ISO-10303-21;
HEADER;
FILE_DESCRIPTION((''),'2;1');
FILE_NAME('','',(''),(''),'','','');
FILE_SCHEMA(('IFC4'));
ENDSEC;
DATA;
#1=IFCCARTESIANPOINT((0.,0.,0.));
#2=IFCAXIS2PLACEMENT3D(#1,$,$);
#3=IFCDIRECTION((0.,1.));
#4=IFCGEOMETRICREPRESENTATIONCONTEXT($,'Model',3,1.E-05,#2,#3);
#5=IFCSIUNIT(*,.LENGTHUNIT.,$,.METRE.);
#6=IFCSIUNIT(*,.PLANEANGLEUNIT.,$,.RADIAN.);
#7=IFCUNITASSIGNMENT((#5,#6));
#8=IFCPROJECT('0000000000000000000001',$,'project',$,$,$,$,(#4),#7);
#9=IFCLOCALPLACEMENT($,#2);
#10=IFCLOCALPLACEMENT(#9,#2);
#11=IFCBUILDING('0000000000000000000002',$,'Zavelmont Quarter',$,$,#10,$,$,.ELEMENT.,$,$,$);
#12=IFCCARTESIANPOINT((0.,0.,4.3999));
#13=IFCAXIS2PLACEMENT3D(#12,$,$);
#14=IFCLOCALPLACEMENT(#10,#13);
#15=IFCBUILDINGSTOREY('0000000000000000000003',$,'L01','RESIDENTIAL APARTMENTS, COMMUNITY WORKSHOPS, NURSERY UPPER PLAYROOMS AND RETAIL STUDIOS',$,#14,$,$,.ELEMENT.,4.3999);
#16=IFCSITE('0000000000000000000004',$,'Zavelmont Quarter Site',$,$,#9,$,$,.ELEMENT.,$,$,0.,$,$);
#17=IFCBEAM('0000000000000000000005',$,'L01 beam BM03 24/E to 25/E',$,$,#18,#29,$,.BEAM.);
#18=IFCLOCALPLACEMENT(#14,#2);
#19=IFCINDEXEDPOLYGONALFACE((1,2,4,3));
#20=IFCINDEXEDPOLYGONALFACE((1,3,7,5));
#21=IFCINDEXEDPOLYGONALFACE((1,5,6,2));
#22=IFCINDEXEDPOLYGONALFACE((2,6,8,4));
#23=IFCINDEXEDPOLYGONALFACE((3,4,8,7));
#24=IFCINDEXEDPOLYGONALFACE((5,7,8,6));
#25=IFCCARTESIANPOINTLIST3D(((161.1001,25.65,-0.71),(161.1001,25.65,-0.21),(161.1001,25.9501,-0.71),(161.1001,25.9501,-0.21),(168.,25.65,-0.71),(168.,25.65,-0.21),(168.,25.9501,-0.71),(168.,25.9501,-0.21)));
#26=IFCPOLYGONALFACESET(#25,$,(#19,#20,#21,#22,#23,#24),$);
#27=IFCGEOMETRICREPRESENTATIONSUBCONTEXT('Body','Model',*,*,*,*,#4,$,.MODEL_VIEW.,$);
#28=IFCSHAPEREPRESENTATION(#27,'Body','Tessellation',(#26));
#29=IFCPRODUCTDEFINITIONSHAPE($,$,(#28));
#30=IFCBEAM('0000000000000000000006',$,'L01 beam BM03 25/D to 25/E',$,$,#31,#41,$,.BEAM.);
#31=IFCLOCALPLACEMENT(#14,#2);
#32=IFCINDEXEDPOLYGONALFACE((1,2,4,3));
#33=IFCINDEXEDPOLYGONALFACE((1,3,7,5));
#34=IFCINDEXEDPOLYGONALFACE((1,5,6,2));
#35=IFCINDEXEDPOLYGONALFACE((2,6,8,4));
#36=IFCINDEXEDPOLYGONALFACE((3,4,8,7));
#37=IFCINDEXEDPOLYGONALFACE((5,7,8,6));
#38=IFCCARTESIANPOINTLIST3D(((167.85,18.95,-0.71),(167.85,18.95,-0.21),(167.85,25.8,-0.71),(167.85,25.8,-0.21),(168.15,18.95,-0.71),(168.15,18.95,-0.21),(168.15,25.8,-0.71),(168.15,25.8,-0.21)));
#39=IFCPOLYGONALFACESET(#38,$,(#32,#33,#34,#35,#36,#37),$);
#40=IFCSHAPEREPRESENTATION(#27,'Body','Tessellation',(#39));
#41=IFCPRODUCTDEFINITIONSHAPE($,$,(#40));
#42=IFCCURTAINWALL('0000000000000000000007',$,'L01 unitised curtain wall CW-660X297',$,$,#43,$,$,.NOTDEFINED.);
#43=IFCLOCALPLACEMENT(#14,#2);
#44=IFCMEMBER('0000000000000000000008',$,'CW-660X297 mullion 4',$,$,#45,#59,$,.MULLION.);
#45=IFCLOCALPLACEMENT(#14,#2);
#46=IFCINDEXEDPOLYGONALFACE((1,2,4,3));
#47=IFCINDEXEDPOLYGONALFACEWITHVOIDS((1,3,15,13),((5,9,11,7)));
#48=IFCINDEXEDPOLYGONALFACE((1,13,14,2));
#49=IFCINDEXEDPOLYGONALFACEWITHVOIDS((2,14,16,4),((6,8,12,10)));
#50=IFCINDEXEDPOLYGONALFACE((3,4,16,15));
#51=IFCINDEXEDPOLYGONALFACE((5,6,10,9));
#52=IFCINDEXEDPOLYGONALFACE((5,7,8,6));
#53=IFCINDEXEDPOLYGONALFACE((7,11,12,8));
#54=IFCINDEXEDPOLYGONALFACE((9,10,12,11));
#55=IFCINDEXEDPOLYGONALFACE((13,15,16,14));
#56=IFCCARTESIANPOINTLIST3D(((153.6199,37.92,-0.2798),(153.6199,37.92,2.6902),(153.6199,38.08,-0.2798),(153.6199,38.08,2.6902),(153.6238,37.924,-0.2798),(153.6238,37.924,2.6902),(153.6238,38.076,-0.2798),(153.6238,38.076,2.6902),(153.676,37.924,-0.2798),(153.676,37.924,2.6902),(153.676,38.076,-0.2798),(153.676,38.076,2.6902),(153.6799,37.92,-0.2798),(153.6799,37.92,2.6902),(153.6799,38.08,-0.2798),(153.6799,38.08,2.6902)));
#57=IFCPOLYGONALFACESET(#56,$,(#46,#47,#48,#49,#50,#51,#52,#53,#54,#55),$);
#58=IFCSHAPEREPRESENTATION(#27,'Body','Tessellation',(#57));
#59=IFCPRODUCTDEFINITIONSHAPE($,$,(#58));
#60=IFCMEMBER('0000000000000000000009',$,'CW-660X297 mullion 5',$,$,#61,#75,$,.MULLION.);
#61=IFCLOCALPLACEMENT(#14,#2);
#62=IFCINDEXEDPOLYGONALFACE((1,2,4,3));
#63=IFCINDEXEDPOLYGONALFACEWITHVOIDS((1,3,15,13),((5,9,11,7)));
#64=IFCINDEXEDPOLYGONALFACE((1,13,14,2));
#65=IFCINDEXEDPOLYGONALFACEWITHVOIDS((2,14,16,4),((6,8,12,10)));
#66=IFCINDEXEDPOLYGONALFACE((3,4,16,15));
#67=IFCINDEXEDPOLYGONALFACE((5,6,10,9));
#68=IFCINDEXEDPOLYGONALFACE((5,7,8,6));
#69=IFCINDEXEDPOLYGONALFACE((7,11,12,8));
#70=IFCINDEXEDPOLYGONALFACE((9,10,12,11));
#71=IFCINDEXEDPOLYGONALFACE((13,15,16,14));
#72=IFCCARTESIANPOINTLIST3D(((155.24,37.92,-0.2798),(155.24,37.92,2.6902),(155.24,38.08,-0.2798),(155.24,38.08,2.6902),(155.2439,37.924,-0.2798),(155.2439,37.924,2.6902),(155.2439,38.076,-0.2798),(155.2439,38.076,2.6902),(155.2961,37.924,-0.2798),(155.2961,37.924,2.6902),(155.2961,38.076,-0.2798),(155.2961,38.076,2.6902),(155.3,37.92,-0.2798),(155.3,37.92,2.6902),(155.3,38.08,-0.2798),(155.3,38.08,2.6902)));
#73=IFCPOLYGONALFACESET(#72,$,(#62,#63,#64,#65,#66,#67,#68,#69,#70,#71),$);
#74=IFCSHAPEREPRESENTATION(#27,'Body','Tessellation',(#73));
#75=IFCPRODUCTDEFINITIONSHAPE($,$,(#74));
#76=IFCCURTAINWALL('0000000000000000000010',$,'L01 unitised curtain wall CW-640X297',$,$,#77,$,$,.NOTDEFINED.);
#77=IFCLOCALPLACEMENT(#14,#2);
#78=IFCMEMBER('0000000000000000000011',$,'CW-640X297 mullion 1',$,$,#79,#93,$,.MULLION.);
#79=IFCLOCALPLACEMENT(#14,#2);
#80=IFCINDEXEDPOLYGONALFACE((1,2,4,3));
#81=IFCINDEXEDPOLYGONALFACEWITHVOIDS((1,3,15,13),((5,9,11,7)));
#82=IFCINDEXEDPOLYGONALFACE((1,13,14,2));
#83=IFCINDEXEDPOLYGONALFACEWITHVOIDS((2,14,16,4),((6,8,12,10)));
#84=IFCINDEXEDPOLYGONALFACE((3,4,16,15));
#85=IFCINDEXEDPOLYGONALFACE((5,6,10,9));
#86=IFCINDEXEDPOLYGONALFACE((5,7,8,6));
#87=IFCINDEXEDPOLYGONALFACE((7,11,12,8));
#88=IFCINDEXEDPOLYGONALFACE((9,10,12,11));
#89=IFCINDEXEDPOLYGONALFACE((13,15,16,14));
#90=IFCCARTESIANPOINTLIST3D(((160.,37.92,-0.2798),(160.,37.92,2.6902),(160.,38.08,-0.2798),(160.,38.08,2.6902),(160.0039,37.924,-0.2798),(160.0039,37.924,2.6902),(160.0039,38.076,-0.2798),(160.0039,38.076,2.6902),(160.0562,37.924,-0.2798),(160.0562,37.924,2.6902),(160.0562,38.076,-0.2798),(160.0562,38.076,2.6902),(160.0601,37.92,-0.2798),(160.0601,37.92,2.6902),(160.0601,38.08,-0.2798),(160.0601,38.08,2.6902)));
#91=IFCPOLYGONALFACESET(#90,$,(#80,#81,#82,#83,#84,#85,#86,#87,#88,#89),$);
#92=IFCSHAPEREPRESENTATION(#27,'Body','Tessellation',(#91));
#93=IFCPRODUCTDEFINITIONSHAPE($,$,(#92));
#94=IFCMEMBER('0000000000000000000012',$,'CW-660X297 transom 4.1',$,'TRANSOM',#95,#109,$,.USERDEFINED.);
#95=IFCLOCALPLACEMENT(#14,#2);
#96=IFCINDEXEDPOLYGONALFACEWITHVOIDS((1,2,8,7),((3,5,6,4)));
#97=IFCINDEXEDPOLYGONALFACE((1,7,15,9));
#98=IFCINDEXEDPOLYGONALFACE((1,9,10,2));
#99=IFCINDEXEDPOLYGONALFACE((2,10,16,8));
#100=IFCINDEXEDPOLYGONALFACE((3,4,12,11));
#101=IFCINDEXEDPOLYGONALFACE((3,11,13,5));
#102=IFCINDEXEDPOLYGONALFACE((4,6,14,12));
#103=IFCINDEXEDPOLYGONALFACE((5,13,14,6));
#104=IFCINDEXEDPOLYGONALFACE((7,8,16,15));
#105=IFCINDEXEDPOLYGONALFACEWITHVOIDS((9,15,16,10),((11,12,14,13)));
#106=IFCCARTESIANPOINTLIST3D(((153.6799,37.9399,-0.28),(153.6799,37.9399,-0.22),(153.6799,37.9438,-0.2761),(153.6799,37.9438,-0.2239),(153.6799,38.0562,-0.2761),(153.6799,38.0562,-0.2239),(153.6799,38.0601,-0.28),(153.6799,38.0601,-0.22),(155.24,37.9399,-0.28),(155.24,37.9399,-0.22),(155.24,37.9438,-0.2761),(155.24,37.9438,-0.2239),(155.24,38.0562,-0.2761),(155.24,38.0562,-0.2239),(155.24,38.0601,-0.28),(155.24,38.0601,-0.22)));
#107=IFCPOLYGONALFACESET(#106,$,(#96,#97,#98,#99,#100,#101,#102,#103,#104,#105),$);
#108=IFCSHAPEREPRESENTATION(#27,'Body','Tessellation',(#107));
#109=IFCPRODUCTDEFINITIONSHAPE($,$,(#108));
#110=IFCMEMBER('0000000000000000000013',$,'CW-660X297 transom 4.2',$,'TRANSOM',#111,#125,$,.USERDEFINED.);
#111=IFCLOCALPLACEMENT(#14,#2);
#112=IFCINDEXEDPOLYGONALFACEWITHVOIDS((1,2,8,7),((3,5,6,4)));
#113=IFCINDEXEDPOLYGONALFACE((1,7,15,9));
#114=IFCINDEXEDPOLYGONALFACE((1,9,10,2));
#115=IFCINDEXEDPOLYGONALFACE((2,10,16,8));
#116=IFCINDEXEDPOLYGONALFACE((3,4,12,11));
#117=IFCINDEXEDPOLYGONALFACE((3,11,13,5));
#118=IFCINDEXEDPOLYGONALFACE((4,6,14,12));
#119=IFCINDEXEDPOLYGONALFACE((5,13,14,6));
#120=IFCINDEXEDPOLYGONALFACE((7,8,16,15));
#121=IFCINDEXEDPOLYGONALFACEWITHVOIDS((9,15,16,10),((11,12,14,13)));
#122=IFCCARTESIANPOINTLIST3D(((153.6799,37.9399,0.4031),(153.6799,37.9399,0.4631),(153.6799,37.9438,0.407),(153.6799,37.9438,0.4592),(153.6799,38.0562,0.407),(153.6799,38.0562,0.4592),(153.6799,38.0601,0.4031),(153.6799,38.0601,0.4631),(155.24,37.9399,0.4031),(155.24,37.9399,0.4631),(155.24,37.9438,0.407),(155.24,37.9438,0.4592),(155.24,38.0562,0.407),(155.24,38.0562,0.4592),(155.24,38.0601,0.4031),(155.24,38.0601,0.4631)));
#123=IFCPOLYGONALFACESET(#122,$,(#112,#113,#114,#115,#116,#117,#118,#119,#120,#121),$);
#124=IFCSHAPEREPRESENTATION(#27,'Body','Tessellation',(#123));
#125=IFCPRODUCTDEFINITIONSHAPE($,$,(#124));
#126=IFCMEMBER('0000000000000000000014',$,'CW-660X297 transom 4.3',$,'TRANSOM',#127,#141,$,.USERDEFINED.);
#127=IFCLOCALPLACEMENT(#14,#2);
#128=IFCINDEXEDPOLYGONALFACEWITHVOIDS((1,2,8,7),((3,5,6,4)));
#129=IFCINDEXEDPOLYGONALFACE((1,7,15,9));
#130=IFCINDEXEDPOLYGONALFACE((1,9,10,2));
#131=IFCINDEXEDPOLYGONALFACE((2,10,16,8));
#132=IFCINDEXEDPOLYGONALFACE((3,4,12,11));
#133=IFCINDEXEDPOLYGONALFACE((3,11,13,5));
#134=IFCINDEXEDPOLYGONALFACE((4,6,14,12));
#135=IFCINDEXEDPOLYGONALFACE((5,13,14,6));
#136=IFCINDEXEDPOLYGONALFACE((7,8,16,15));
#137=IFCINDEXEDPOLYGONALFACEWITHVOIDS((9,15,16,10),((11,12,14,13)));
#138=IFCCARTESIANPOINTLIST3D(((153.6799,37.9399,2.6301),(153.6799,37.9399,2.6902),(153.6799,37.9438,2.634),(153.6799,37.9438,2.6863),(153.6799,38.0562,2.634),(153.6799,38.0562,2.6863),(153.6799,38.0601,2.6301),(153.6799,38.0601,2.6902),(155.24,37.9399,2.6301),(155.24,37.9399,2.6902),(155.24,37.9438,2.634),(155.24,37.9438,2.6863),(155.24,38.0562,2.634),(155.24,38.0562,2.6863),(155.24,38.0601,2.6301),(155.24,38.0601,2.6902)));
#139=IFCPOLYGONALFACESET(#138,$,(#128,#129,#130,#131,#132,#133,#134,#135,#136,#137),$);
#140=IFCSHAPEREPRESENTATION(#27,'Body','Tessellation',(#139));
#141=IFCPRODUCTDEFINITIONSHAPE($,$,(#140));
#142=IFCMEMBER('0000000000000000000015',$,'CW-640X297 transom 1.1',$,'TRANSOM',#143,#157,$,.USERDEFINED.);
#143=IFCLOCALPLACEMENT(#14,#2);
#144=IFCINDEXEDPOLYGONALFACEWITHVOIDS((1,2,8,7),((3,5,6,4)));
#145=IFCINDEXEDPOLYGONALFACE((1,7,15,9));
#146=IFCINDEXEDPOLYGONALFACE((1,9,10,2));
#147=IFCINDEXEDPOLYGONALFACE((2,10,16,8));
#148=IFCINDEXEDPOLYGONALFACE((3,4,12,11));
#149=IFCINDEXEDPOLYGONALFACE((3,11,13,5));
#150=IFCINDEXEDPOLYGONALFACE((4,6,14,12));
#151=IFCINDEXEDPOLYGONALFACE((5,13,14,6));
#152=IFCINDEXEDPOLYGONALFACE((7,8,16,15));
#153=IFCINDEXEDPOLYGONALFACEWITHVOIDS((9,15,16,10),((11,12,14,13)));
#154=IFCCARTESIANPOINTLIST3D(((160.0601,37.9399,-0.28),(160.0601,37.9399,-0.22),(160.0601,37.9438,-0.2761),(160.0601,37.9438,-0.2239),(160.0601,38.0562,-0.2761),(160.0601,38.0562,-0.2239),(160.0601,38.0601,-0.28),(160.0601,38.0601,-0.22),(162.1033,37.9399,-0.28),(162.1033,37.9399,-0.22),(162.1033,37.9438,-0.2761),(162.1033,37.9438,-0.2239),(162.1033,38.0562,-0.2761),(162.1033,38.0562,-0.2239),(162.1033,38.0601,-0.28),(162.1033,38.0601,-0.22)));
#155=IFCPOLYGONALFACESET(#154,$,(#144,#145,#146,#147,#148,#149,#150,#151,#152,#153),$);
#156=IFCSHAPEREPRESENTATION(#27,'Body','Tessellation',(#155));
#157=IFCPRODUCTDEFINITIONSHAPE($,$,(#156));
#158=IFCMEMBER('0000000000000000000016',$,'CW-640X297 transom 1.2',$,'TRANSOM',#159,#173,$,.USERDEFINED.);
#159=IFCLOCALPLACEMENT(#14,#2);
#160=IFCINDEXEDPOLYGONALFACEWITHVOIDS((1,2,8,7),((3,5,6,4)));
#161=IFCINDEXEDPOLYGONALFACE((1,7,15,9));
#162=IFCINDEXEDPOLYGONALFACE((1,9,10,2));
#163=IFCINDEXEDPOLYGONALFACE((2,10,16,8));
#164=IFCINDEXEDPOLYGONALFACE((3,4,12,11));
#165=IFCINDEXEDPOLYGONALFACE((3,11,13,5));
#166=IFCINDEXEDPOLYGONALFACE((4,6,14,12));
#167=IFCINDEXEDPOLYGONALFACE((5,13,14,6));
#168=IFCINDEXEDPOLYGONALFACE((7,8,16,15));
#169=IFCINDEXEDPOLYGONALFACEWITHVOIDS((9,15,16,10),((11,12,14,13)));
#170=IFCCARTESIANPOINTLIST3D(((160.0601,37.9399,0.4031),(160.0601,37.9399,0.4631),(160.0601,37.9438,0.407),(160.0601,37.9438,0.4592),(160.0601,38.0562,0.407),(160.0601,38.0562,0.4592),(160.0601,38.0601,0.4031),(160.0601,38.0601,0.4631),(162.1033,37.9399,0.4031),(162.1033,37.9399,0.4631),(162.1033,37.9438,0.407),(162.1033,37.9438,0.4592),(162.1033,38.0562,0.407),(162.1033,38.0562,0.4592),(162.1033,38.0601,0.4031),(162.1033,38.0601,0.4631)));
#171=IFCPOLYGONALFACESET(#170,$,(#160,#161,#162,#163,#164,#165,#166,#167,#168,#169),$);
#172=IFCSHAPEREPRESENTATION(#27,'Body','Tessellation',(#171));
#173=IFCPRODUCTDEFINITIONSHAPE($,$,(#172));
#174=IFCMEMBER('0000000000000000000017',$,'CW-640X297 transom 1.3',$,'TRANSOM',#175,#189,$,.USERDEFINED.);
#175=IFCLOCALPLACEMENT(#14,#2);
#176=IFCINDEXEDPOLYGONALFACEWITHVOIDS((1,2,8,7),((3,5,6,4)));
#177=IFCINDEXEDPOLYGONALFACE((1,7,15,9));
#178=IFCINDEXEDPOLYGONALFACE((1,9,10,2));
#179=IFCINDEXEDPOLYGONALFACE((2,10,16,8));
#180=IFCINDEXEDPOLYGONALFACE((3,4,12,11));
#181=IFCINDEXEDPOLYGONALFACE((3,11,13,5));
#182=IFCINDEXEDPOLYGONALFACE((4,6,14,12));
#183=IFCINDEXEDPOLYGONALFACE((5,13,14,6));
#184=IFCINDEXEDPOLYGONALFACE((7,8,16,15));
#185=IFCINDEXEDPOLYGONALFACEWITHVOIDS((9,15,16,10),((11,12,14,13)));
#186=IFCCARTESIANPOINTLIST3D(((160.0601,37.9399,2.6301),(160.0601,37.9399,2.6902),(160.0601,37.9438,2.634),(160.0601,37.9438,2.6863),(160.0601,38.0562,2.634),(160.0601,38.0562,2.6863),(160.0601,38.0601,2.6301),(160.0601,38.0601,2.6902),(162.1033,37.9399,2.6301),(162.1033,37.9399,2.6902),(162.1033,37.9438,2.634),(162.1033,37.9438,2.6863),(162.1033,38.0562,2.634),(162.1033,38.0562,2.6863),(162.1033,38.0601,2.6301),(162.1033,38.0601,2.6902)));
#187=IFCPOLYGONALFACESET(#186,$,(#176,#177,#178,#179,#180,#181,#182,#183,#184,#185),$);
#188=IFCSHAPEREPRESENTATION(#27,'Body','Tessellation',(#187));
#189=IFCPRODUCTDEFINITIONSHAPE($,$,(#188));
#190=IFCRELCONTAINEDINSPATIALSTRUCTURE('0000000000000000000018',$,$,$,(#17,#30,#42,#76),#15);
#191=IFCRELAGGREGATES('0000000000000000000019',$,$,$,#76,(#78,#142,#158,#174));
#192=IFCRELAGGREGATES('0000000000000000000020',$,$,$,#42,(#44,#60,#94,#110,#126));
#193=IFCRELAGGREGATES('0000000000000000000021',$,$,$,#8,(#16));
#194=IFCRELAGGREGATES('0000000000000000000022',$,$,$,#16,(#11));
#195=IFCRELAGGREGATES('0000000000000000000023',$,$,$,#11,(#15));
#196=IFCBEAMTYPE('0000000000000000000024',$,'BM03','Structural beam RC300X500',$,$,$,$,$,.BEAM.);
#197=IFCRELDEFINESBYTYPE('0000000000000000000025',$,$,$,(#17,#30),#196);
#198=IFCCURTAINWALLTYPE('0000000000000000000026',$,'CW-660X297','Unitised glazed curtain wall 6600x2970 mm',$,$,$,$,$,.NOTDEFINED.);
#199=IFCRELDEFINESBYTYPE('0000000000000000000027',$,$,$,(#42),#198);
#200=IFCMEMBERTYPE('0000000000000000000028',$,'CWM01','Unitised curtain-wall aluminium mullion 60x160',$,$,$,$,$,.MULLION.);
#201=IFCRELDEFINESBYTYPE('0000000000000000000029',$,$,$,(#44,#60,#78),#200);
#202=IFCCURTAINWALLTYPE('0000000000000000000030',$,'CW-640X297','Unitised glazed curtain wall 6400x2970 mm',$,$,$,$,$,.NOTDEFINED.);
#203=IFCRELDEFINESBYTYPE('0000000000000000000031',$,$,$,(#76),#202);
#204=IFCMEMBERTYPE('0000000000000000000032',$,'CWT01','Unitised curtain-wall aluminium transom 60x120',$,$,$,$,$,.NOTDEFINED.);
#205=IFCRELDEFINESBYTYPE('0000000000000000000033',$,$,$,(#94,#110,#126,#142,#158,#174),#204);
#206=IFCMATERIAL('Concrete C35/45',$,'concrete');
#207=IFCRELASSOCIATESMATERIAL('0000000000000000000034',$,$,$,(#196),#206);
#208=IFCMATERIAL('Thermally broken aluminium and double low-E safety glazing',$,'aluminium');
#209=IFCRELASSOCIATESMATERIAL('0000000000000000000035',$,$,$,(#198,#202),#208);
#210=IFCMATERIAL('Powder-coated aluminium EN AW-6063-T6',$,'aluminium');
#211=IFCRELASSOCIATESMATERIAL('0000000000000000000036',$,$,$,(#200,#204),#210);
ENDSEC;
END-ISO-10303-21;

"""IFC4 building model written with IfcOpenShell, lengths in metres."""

from ifc_helpers import new_model, si_unit, direction, frame, origin, origin_2d, place, context, subcontext, project, spatial, rectangle, hollow_rectangle, extrude, material, material_profile, profile_set, type_object, element, aggregate, save


model = new_model("IFC4")

# Units and contexts
model_context = context("Model", 3, precision=1e-05, world=origin(), true_north=direction((0.0, 1.0)))
body_context = subcontext(model_context, "Body", "Model", "MODEL_VIEW")
ifc_project = project(units=[si_unit("LENGTHUNIT", "METRE"), si_unit("PLANEANGLEUNIT", "RADIAN")], contexts=[model_context])

# Site, building, storey
site_placement = place(None, origin())
site = spatial("IfcSite", under=ifc_project, at=site_placement, Name="Zavelmont Quarter Site", CompositionType="ELEMENT", RefElevation=0.0)
building_placement = place(site_placement, origin())
building = spatial("IfcBuilding", under=site, at=building_placement, Name="Zavelmont Quarter", CompositionType="ELEMENT")
storey_placement = place(building_placement, frame((0.0, 0.0, 4.3999)))
storey = spatial("IfcBuildingStorey", under=building, at=storey_placement, Name="L01", Description="RESIDENTIAL APARTMENTS, COMMUNITY WORKSHOPS, NURSERY UPPER PLAYROOMS AND RETAIL STUDIOS", CompositionType="ELEMENT", Elevation=4.3999)

# Beams
ifc_material_1 = material(Name="Concrete C35/45", Category="concrete")
ifc_material_profile_1 = material_profile(ifc_material_1, rectangle(XDim=0.3, YDim=0.5, at=origin_2d()), Name="RC300X500")
ifc_profile_set_1 = profile_set([ifc_material_profile_1], Name="Concrete C35/45")
beam_type = type_object("IfcBeamType", Name="BM03", Description="Structural beam RC300X500", PredefinedType="BEAM", material=ifc_profile_set_1)
beam_1_placement = place(storey_placement, frame((161.1001, 25.8, -0.46), z_axis=(1.0, 0.0, 0.0), x_axis=(0.0, 1.0, 0.0)))
element("IfcBeam", 1, at=beam_1_placement, inside=storey, type_object=beam_type, Name="L01 beam BM03 24/E to 25/E", PredefinedType="BEAM", context=body_context, shape_type="SweptSolid", body=[
    extrude(rectangle(XDim=0.3, YDim=0.5, at=origin_2d()), origin(), (0.0, 0.0, 1.0), 6.8999),
])
beam_2_placement = place(storey_placement, frame((168.0, 18.95, -0.46), z_axis=(0.0, 1.0, 0.0), x_axis=(-1.0, 0.0, 0.0)))
element("IfcBeam", 2, at=beam_2_placement, inside=storey, type_object=beam_type, Name="L01 beam BM03 25/D to 25/E", PredefinedType="BEAM", context=body_context, shape_type="SweptSolid", body=[
    extrude(rectangle(XDim=0.3, YDim=0.5, at=origin_2d()), origin(), (0.0, 0.0, 1.0), 6.8501),
])

# Curtain wall, members
ifc_material_2 = material(Name="Thermally broken aluminium and double low-E safety glazing", Category="aluminium")
curtain_wall_type_1 = type_object("IfcCurtainWallType", Name="CW-660X297", Description="Unitised glazed curtain wall 6600x2970 mm", PredefinedType="NOTDEFINED", material=ifc_material_2)
curtain_wall_1_placement = place(storey_placement, origin())
curtain_wall_1 = element("IfcCurtainWall", 3, at=curtain_wall_1_placement, inside=storey, type_object=curtain_wall_type_1, Name="L01 unitised curtain wall CW-660X297", PredefinedType="NOTDEFINED")
ifc_material_3 = material(Name="Powder-coated aluminium EN AW-6063-T6", Category="aluminium")
ifc_material_profile_2 = material_profile(ifc_material_3, hollow_rectangle(XDim=0.0601, YDim=0.1599, WallThickness=0.0039, at=origin_2d()), Name="CWM60X160")
ifc_profile_set_2 = profile_set([ifc_material_profile_2], Name="Powder-coated aluminium EN AW-6063-T6")
member_type_1 = type_object("IfcMemberType", Name="CWM01", Description="Unitised curtain-wall aluminium mullion 60x160", PredefinedType="MULLION", material=ifc_profile_set_2)
member_1_placement = place(storey_placement, frame((153.6499, 38.0, -0.2798), z_axis=(0.0, 0.0, 1.0), x_axis=(1.0, 0.0, 0.0)))
member_1 = element("IfcMember", 4, at=member_1_placement, type_object=member_type_1, Name="CW-660X297 mullion 4", PredefinedType="MULLION", context=body_context, shape_type="SweptSolid", body=[
    extrude(hollow_rectangle(XDim=0.0601, YDim=0.1599, WallThickness=0.0039, at=origin_2d()), origin(), (0.0, 0.0, 1.0), 2.97),
])
member_2_placement = place(storey_placement, frame((155.27, 38.0, -0.2798), z_axis=(0.0, 0.0, 1.0), x_axis=(1.0, 0.0, 0.0)))
member_2 = element("IfcMember", 5, at=member_2_placement, type_object=member_type_1, Name="CW-660X297 mullion 5", PredefinedType="MULLION", context=body_context, shape_type="SweptSolid", body=[
    extrude(hollow_rectangle(XDim=0.0601, YDim=0.1599, WallThickness=0.0039, at=origin_2d()), origin(), (0.0, 0.0, 1.0), 2.97),
])

# Curtain wall, member
curtain_wall_type_2 = type_object("IfcCurtainWallType", Name="CW-640X297", Description="Unitised glazed curtain wall 6400x2970 mm", PredefinedType="NOTDEFINED", material=ifc_material_2)
curtain_wall_2_placement = place(storey_placement, origin())
curtain_wall_2 = element("IfcCurtainWall", 6, at=curtain_wall_2_placement, inside=storey, type_object=curtain_wall_type_2, Name="L01 unitised curtain wall CW-640X297", PredefinedType="NOTDEFINED")
member_3_placement = place(storey_placement, frame((160.03, 38.0, -0.2798), z_axis=(0.0, 0.0, 1.0), x_axis=(1.0, 0.0, 0.0)))
member_3 = element("IfcMember", 7, at=member_3_placement, type_object=member_type_1, Name="CW-640X297 mullion 1", PredefinedType="MULLION", context=body_context, shape_type="SweptSolid", body=[
    extrude(hollow_rectangle(XDim=0.0601, YDim=0.1599, WallThickness=0.0039, at=origin_2d()), origin(), (0.0, 0.0, 1.0), 2.97),
])

# Members
ifc_material_profile_3 = material_profile(ifc_material_3, hollow_rectangle(XDim=0.1201, YDim=0.0601, WallThickness=0.0039, at=origin_2d()), Name="CWT60X120")
ifc_profile_set_3 = profile_set([ifc_material_profile_3], Name="Powder-coated aluminium EN AW-6063-T6")
member_type_2 = type_object("IfcMemberType", Name="CWT01", Description="Unitised curtain-wall aluminium transom 60x120", PredefinedType="NOTDEFINED", material=ifc_profile_set_3)
member_4_placement = place(storey_placement, frame((153.6799, 38.0, -0.25), z_axis=(1.0, 0.0, 0.0), x_axis=(0.0, 1.0, 0.0)))
member_4 = element("IfcMember", 8, at=member_4_placement, type_object=member_type_2, Name="CW-660X297 transom 4.1", ObjectType="TRANSOM", PredefinedType="USERDEFINED", context=body_context, shape_type="SweptSolid", body=[
    extrude(hollow_rectangle(XDim=0.1201, YDim=0.0601, WallThickness=0.0039, at=origin_2d()), origin(), (0.0, 0.0, 1.0), 1.5601),
])
member_5_placement = place(storey_placement, frame((153.6799, 38.0, 0.4331), z_axis=(1.0, 0.0, 0.0), x_axis=(0.0, 1.0, 0.0)))
member_5 = element("IfcMember", 9, at=member_5_placement, type_object=member_type_2, Name="CW-660X297 transom 4.2", ObjectType="TRANSOM", PredefinedType="USERDEFINED", context=body_context, shape_type="SweptSolid", body=[
    extrude(hollow_rectangle(XDim=0.1201, YDim=0.0601, WallThickness=0.0039, at=origin_2d()), origin(), (0.0, 0.0, 1.0), 1.5601),
])
member_6_placement = place(storey_placement, frame((153.6799, 38.0, 2.6602), z_axis=(1.0, 0.0, 0.0), x_axis=(0.0, 1.0, 0.0)))
member_6 = element("IfcMember", 10, at=member_6_placement, type_object=member_type_2, Name="CW-660X297 transom 4.3", ObjectType="TRANSOM", PredefinedType="USERDEFINED", context=body_context, shape_type="SweptSolid", body=[
    extrude(hollow_rectangle(XDim=0.1201, YDim=0.0601, WallThickness=0.0039, at=origin_2d()), origin(), (0.0, 0.0, 1.0), 1.5601),
])
member_7_placement = place(storey_placement, frame((160.0601, 38.0, -0.25), z_axis=(1.0, 0.0, 0.0), x_axis=(0.0, 1.0, 0.0)))
member_7 = element("IfcMember", 11, at=member_7_placement, type_object=member_type_2, Name="CW-640X297 transom 1.1", ObjectType="TRANSOM", PredefinedType="USERDEFINED", context=body_context, shape_type="SweptSolid", body=[
    extrude(hollow_rectangle(XDim=0.1201, YDim=0.0601, WallThickness=0.0039, at=origin_2d()), origin(), (0.0, 0.0, 1.0), 2.0432),
])
member_8_placement = place(storey_placement, frame((160.0601, 38.0, 0.4331), z_axis=(1.0, 0.0, 0.0), x_axis=(0.0, 1.0, 0.0)))
member_8 = element("IfcMember", 12, at=member_8_placement, type_object=member_type_2, Name="CW-640X297 transom 1.2", ObjectType="TRANSOM", PredefinedType="USERDEFINED", context=body_context, shape_type="SweptSolid", body=[
    extrude(hollow_rectangle(XDim=0.1201, YDim=0.0601, WallThickness=0.0039, at=origin_2d()), origin(), (0.0, 0.0, 1.0), 2.0432),
])
member_9_placement = place(storey_placement, frame((160.0601, 38.0, 2.6602), z_axis=(1.0, 0.0, 0.0), x_axis=(0.0, 1.0, 0.0)))
member_9 = element("IfcMember", 13, at=member_9_placement, type_object=member_type_2, Name="CW-640X297 transom 1.3", ObjectType="TRANSOM", PredefinedType="USERDEFINED", context=body_context, shape_type="SweptSolid", body=[
    extrude(hollow_rectangle(XDim=0.1201, YDim=0.0601, WallThickness=0.0039, at=origin_2d()), origin(), (0.0, 0.0, 1.0), 2.0432),
])
aggregate(curtain_wall_2, [member_3, member_7, member_8, member_9])

aggregate(curtain_wall_1, [member_1, member_2, member_4, member_5, member_6])

save(model, "model.ifc")
